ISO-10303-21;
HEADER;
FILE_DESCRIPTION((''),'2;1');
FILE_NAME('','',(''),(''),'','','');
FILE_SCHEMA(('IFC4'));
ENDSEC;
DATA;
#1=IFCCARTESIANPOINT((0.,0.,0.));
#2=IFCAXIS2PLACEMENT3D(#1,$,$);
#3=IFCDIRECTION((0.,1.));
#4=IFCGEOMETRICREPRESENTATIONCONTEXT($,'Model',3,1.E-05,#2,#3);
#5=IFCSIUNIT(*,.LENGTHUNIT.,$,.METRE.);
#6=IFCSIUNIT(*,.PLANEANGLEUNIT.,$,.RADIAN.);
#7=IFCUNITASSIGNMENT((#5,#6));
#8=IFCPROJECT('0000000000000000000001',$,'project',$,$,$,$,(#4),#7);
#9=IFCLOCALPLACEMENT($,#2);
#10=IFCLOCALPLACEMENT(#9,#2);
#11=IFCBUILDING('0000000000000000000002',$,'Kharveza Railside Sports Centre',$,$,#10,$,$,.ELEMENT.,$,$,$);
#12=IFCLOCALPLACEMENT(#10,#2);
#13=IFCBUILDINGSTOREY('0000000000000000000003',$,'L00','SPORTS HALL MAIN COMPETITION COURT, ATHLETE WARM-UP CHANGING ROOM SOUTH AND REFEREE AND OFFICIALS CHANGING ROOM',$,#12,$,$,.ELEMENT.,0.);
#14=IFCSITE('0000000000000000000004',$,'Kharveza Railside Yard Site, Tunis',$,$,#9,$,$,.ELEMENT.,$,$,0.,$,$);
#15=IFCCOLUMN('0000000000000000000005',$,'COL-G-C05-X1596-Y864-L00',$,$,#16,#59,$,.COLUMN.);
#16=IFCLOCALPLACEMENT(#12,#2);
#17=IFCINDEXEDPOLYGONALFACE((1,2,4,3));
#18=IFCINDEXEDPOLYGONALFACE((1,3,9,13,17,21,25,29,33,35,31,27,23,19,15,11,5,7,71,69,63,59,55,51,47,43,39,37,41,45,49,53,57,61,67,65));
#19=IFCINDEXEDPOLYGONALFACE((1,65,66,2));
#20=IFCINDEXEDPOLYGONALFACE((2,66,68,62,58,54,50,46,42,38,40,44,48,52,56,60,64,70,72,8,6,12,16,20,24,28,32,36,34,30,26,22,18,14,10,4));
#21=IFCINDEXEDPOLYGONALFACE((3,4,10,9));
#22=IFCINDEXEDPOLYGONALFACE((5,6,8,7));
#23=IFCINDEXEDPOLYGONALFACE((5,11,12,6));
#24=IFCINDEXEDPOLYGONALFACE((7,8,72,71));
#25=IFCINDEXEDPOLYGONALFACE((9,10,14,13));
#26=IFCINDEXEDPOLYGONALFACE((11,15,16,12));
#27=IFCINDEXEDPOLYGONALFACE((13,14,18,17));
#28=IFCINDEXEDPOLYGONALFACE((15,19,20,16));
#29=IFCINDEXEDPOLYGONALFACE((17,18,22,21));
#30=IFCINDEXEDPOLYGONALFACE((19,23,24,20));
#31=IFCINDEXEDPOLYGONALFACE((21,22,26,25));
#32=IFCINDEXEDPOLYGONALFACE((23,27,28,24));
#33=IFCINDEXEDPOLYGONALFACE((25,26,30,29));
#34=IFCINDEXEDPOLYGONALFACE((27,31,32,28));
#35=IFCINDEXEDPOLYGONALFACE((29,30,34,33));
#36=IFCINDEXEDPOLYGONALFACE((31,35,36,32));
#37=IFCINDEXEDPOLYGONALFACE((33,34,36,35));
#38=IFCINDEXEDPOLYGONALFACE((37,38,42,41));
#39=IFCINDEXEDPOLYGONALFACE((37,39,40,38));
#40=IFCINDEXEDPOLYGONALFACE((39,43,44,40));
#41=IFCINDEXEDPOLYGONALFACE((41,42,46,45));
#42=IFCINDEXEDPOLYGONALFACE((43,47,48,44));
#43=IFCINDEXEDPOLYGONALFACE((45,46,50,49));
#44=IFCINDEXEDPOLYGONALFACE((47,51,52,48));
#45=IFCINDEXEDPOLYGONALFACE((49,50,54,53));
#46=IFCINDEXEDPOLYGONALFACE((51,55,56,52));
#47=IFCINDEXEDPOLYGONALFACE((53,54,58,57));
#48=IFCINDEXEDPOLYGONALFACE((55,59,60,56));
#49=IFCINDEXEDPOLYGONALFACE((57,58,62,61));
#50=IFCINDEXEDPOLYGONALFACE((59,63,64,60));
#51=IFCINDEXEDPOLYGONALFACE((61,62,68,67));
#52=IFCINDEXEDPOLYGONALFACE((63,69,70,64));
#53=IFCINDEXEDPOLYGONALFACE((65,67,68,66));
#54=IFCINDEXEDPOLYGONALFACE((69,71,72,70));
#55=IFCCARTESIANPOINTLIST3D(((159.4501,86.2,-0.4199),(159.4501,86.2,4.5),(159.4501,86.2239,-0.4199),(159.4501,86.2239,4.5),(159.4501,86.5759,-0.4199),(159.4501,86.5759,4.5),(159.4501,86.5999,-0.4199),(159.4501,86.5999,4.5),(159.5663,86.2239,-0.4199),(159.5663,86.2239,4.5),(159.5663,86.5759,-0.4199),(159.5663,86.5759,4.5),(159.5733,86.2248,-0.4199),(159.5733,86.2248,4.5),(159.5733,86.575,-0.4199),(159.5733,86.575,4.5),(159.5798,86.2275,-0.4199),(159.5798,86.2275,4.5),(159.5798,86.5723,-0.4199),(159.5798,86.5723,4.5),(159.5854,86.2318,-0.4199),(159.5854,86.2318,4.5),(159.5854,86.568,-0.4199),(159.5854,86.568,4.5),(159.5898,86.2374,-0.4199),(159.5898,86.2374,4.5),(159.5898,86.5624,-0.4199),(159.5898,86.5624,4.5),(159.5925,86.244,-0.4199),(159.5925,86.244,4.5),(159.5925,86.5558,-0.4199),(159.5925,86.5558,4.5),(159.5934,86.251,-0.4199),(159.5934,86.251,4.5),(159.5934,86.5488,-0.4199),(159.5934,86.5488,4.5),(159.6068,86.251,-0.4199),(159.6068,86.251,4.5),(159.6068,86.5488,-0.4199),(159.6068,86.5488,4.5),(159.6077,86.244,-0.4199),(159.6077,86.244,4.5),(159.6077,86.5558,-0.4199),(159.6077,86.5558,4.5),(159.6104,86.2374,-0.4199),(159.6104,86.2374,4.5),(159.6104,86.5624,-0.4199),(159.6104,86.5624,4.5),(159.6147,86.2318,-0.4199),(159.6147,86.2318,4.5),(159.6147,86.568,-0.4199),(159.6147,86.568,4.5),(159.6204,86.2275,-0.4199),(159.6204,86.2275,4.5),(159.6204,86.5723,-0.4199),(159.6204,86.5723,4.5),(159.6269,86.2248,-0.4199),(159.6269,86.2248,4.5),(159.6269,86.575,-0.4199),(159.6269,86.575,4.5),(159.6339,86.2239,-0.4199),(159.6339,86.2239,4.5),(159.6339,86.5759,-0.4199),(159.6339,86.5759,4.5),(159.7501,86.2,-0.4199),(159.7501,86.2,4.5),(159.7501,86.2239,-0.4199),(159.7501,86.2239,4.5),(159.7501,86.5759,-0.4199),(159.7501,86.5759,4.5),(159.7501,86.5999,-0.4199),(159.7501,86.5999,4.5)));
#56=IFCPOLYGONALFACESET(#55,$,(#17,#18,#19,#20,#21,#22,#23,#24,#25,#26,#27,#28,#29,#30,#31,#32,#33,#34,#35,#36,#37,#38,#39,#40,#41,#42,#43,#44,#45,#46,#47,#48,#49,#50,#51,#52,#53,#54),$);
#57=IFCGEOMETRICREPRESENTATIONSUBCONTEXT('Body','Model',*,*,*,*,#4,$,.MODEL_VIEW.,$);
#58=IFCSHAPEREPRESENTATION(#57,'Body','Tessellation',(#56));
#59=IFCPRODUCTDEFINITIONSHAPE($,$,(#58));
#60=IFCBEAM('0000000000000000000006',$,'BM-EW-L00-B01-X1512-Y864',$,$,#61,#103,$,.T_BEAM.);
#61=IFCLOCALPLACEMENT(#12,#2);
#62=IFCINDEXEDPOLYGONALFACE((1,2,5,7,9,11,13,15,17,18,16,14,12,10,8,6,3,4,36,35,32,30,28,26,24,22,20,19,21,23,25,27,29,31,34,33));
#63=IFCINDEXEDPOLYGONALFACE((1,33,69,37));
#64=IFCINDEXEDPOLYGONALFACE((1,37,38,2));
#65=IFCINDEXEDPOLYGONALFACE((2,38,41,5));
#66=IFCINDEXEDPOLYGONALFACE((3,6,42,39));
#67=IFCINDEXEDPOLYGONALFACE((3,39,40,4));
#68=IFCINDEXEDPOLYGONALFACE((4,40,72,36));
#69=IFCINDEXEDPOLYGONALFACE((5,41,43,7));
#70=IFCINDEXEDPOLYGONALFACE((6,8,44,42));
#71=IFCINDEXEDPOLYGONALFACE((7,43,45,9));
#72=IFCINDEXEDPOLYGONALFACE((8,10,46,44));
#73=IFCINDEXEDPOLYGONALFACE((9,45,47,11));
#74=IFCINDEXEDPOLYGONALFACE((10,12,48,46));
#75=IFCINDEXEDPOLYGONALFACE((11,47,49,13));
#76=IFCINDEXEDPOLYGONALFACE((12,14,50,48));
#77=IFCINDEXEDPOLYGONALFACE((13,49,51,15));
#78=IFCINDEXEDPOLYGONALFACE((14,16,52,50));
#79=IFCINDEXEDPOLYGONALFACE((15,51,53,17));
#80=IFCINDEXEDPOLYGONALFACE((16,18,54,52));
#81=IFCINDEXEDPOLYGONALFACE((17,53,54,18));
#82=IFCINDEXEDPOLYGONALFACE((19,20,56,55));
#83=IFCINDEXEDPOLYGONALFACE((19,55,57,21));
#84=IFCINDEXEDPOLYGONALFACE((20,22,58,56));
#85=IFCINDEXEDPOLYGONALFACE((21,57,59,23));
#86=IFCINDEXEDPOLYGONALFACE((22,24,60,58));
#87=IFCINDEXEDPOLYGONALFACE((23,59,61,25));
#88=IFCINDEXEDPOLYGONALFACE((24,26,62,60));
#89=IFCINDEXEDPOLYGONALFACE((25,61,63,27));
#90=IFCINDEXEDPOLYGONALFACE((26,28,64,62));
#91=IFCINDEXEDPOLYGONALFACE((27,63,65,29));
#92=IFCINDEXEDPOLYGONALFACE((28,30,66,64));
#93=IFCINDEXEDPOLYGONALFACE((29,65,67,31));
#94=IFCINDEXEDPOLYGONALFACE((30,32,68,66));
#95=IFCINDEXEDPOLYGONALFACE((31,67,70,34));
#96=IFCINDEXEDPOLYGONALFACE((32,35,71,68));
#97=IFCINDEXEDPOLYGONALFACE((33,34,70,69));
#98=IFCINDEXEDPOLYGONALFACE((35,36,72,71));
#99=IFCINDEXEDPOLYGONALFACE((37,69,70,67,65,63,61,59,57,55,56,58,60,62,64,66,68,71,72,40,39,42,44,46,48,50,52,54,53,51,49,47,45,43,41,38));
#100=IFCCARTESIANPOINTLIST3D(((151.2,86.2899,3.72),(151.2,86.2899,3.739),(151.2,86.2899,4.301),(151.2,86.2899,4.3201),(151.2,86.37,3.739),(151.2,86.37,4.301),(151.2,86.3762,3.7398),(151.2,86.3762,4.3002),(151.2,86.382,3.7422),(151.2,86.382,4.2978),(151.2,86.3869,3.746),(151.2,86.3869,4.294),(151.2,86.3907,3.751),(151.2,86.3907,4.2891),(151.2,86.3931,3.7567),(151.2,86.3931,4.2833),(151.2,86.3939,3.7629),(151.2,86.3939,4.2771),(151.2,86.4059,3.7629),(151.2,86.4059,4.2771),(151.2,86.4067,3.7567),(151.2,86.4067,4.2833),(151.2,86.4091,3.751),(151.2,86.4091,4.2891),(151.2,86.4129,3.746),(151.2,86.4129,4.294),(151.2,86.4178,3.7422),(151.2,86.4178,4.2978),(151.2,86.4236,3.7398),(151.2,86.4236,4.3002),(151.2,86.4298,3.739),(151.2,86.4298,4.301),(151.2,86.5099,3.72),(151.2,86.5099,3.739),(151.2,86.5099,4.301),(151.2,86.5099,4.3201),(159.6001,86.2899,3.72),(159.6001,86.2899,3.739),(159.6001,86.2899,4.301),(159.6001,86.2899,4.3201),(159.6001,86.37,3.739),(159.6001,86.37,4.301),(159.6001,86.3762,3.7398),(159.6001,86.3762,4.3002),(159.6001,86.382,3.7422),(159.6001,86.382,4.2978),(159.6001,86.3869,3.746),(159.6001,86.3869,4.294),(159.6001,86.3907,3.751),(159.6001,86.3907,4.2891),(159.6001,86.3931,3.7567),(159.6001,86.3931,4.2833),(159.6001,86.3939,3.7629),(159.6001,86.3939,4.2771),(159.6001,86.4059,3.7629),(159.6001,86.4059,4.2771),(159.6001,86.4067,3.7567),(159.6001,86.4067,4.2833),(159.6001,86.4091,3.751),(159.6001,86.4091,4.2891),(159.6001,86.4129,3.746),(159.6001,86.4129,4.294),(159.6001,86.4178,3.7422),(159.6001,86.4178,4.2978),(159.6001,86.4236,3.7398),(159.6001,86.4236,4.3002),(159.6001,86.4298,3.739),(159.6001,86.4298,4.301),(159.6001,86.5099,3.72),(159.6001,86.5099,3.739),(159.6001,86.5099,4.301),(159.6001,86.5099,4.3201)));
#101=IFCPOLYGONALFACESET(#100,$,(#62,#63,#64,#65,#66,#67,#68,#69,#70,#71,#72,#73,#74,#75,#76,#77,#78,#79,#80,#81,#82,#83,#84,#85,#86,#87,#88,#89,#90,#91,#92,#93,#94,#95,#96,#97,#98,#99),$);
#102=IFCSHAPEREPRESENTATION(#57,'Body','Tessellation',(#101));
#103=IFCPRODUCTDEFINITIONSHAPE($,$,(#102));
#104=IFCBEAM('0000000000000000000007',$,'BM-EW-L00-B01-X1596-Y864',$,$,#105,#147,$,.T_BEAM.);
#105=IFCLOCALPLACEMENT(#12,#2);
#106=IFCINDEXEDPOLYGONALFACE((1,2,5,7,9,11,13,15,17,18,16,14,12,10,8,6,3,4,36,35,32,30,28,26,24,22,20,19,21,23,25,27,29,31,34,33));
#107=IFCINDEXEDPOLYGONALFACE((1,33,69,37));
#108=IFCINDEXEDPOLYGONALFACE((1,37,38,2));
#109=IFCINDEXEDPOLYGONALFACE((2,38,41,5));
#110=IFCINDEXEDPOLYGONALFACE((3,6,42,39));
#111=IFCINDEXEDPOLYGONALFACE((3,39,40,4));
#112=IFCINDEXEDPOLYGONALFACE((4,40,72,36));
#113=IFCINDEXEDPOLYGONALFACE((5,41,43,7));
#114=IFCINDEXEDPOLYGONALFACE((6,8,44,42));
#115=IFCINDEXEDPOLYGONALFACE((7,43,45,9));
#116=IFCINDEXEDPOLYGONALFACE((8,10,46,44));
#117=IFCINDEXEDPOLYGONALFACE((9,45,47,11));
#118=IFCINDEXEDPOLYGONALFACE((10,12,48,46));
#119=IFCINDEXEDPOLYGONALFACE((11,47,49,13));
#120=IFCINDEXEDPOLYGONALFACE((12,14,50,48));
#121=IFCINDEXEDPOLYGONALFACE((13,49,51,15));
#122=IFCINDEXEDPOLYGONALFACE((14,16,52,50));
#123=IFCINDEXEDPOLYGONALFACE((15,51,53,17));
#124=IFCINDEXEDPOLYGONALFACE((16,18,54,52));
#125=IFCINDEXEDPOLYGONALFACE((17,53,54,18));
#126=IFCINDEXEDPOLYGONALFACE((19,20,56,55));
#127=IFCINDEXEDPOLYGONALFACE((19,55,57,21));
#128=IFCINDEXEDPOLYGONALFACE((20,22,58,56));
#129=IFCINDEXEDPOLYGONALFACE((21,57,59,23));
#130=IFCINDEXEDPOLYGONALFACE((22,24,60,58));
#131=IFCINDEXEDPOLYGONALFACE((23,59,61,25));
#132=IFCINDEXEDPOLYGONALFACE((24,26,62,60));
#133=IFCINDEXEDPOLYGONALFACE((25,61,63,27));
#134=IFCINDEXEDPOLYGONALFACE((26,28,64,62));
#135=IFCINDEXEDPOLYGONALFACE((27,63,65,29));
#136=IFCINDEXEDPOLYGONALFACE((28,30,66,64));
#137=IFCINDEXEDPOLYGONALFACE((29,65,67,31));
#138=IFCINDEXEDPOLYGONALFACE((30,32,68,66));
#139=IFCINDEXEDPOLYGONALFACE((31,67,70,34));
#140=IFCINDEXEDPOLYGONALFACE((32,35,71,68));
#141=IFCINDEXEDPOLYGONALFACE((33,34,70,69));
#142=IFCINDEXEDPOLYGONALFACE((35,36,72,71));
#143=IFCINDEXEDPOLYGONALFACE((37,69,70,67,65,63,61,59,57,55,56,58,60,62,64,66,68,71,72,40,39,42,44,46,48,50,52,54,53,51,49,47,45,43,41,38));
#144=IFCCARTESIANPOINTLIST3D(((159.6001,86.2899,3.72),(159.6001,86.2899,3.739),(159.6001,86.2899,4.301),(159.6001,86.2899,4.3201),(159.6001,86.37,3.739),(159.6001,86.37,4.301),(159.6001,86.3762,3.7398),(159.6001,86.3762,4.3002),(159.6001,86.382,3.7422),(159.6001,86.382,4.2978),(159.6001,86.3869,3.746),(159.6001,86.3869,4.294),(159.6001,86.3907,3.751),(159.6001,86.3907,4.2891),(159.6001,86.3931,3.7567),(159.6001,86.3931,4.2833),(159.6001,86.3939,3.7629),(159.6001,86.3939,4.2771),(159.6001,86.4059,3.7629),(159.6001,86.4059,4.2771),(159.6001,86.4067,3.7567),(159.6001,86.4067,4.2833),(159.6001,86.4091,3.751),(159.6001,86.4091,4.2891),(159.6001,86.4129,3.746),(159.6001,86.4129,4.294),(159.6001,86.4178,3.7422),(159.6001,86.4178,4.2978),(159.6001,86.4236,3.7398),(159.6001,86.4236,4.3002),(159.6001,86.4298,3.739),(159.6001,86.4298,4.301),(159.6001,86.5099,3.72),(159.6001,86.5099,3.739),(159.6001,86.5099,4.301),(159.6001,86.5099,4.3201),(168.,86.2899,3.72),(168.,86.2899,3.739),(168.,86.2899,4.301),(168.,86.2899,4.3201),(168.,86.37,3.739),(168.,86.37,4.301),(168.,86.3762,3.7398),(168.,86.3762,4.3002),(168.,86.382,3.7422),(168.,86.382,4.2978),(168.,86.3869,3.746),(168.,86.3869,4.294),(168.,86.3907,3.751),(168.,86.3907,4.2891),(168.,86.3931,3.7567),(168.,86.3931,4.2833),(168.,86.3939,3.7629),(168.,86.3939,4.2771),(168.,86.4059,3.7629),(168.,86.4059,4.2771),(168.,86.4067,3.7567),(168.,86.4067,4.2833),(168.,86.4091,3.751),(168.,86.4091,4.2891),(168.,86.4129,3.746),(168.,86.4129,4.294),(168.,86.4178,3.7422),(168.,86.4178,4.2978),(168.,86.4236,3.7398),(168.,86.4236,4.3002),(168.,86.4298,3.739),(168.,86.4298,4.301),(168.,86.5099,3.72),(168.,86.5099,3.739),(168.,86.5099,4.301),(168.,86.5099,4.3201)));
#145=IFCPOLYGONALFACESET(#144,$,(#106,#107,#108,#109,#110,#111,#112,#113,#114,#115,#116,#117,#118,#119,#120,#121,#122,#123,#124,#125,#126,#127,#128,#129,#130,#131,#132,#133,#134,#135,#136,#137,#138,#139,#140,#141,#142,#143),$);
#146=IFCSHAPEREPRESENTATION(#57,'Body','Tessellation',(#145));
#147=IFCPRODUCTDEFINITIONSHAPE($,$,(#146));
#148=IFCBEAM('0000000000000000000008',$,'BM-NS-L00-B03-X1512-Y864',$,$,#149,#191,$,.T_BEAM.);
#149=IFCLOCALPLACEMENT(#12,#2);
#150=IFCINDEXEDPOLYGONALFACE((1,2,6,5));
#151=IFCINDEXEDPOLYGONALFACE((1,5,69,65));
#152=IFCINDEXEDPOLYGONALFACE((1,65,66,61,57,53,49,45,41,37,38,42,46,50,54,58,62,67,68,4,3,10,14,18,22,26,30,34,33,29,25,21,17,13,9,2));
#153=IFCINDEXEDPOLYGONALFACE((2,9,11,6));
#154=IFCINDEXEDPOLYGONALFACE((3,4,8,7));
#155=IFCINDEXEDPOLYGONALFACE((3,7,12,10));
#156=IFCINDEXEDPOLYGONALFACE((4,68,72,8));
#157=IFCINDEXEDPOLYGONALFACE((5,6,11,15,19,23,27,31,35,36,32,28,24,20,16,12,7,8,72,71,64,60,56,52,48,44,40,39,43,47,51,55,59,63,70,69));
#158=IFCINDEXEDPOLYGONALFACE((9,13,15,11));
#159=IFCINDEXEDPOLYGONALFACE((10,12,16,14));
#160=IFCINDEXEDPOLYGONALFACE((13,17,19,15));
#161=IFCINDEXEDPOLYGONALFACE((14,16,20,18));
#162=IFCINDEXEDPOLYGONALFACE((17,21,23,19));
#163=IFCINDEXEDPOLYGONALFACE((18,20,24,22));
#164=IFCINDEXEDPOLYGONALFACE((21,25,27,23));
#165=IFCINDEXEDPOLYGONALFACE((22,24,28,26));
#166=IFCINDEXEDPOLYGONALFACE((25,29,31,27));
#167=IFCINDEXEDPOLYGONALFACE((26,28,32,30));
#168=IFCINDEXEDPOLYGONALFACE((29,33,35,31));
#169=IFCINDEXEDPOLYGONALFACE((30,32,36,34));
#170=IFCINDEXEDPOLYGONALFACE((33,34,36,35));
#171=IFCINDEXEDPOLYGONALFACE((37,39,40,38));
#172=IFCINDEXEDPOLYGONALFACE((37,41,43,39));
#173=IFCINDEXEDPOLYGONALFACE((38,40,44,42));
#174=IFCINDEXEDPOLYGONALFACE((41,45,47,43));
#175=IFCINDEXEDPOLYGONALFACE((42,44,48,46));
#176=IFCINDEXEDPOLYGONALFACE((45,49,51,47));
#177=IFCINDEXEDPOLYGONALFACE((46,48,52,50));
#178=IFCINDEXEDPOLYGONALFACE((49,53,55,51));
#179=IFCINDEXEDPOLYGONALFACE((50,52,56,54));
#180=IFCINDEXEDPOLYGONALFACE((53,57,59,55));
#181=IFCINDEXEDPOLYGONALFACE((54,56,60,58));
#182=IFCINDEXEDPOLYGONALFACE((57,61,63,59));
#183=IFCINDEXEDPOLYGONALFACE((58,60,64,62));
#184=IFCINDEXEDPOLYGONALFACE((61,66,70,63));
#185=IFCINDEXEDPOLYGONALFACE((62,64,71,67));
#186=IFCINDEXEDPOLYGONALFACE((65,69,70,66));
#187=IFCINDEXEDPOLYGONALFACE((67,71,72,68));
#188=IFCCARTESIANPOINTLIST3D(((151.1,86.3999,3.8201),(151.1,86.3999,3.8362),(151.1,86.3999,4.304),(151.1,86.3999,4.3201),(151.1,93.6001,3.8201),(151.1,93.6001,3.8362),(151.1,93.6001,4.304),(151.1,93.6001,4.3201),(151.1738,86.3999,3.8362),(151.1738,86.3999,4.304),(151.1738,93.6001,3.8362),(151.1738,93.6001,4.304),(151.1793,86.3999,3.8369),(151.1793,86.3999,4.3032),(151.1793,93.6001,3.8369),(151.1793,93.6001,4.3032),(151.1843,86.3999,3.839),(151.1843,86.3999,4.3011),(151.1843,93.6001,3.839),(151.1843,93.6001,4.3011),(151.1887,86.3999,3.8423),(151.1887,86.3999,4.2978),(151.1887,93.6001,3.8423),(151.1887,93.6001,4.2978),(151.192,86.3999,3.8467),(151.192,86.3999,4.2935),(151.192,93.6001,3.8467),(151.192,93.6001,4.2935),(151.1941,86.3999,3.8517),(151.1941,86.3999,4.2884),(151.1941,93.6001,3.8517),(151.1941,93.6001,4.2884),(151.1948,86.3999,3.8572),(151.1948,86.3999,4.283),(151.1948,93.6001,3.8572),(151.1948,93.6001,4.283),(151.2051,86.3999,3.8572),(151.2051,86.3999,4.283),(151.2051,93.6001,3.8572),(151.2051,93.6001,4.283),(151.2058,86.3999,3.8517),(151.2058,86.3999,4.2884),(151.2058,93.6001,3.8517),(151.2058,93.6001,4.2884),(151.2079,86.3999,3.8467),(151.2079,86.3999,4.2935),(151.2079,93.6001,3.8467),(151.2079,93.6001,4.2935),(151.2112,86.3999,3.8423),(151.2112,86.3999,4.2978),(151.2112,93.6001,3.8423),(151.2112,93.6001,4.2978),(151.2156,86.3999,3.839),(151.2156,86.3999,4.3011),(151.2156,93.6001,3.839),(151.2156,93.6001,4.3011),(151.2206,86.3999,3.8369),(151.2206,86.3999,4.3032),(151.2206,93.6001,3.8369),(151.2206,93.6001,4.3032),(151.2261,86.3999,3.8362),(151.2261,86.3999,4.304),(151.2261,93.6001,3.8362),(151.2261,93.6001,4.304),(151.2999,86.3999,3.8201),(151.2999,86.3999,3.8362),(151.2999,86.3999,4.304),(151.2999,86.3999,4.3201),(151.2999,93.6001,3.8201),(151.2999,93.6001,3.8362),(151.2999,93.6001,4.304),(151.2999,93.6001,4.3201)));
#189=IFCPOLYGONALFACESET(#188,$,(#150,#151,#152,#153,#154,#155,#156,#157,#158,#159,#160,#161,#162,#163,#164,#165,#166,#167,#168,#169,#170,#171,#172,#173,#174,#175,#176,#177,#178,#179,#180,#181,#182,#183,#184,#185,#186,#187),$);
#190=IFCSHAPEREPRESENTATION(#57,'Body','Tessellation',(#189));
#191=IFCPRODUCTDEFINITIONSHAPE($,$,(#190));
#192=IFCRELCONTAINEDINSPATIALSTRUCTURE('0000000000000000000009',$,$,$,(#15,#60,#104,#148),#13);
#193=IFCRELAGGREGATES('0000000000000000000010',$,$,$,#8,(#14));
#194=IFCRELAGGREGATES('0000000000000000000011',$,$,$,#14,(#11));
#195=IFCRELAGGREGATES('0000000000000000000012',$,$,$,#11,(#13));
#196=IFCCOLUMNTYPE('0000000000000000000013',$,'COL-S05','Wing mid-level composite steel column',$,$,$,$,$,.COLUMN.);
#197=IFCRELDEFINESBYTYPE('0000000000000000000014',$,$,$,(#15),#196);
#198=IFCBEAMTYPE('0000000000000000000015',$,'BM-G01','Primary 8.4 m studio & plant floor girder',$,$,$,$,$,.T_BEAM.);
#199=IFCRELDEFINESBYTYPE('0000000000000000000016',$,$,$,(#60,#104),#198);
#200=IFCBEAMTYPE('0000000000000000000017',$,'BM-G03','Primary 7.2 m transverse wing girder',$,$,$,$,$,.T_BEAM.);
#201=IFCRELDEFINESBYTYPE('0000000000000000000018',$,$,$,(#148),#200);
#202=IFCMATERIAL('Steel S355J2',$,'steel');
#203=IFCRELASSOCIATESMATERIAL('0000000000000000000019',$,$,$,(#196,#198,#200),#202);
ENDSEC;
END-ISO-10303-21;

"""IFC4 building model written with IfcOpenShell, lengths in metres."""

from ifc_helpers import new_model, si_unit, direction, frame, origin, origin_2d, place, context, subcontext, project, spatial, i_section, extrude, material, material_profile, profile_set, type_object, element, save


model = new_model("IFC4")

# Units and contexts
model_context = context("Model", 3, precision=1e-05, world=origin(), true_north=direction((0.0, 1.0)))
body_context = subcontext(model_context, "Body", "Model", "MODEL_VIEW")
ifc_project = project(units=[si_unit("LENGTHUNIT", "METRE"), si_unit("PLANEANGLEUNIT", "RADIAN")], contexts=[model_context])

# Site, building, storey
site_placement = place(None, origin())
site = spatial("IfcSite", under=ifc_project, at=site_placement, Name="Kharveza Railside Yard Site, Tunis", CompositionType="ELEMENT", RefElevation=0.0)
building_placement = place(site_placement, origin())
building = spatial("IfcBuilding", under=site, at=building_placement, Name="Kharveza Railside Sports Centre", CompositionType="ELEMENT")
storey_placement = place(building_placement, origin())
storey = spatial("IfcBuildingStorey", under=building, at=storey_placement, Name="L00", Description="SPORTS HALL MAIN COMPETITION COURT, ATHLETE WARM-UP CHANGING ROOM SOUTH AND REFEREE AND OFFICIALS CHANGING ROOM", CompositionType="ELEMENT", Elevation=0.0)

# Column
ifc_material_1 = material(Name="Steel S355J2", Category="steel")
ifc_material_profile_1 = material_profile(ifc_material_1, i_section(OverallWidth=0.3, OverallDepth=0.3999, WebThickness=0.0134, FlangeThickness=0.0239, FilletRadius=0.0271, at=origin_2d()), Name="HEB 400")
ifc_profile_set_1 = profile_set([ifc_material_profile_1], Name="Steel S355J2")
column_type = type_object("IfcColumnType", Name="COL-S05", Description="Wing mid-level composite steel column", PredefinedType="COLUMN", material=ifc_profile_set_1)
for number, where, z_axis, x_axis, name in (
    (1, (159.6001, 86.3999, -0.4199), (0.0, 0.0, 1.0), (1.0, 0.0, 0.0), "COL-G-C05-X1596-Y864-L00"),
):
    element("IfcColumn", number, at=place(storey_placement, frame(where, z_axis=z_axis, x_axis=x_axis)), inside=storey, type_object=column_type, Name=name, PredefinedType="COLUMN", context=body_context, shape_type="SweptSolid", body=[
        extrude(i_section(OverallWidth=0.3, OverallDepth=0.3999, WebThickness=0.0134, FlangeThickness=0.0239, FilletRadius=0.0271, at=origin_2d()), origin(), (0.0, 0.0, 1.0), 4.9199),
    ])

# Beams
ifc_material_profile_2 = material_profile(ifc_material_1, i_section(OverallWidth=0.22, OverallDepth=0.6001, WebThickness=0.012, FlangeThickness=0.019, FilletRadius=0.0239, at=origin_2d()), Name="IPE 600")
ifc_profile_set_2 = profile_set([ifc_material_profile_2], Name="Steel S355J2")
beam_type_1 = type_object("IfcBeamType", Name="BM-G01", Description="Primary 8.4 m studio & plant floor girder", PredefinedType="T_BEAM", material=ifc_profile_set_2)
beam_1_placement = place(storey_placement, frame((151.2, 86.3999, 4.02), z_axis=(1.0, 0.0, 0.0), x_axis=(0.0, 1.0, 0.0)))
element("IfcBeam", 2, at=beam_1_placement, inside=storey, type_object=beam_type_1, Name="BM-EW-L00-B01-X1512-Y864", PredefinedType="T_BEAM", context=body_context, shape_type="SweptSolid", body=[
    extrude(i_section(OverallWidth=0.22, OverallDepth=0.6001, WebThickness=0.012, FlangeThickness=0.019, FilletRadius=0.0239, at=origin_2d()), origin(), (0.0, 0.0, 1.0), 8.4001),
])
beam_2_placement = place(storey_placement, frame((159.6001, 86.3999, 4.02), z_axis=(1.0, 0.0, 0.0), x_axis=(0.0, 1.0, 0.0)))
element("IfcBeam", 3, at=beam_2_placement, inside=storey, type_object=beam_type_1, Name="BM-EW-L00-B01-X1596-Y864", PredefinedType="T_BEAM", context=body_context, shape_type="SweptSolid", body=[
    extrude(i_section(OverallWidth=0.22, OverallDepth=0.6001, WebThickness=0.012, FlangeThickness=0.019, FilletRadius=0.0239, at=origin_2d()), origin(), (0.0, 0.0, 1.0), 8.3999),
])
ifc_material_profile_3 = material_profile(ifc_material_1, i_section(OverallWidth=0.2, OverallDepth=0.5, WebThickness=0.0103, FlangeThickness=0.0161, FilletRadius=0.021, at=origin_2d()), Name="IPE 500")
ifc_profile_set_3 = profile_set([ifc_material_profile_3], Name="Steel S355J2")
beam_type_2 = type_object("IfcBeamType", Name="BM-G03", Description="Primary 7.2 m transverse wing girder", PredefinedType="T_BEAM", material=ifc_profile_set_3)
beam_3_placement = place(storey_placement, frame((151.2, 86.3999, 4.0701), z_axis=(0.0, 1.0, 0.0), x_axis=(-1.0, 0.0, 0.0)))
element("IfcBeam", 4, at=beam_3_placement, inside=storey, type_object=beam_type_2, Name="BM-NS-L00-B03-X1512-Y864", PredefinedType="T_BEAM", context=body_context, shape_type="SweptSolid", body=[
    extrude(i_section(OverallWidth=0.2, OverallDepth=0.5, WebThickness=0.0103, FlangeThickness=0.0161, FilletRadius=0.021, at=origin_2d()), origin(), (0.0, 0.0, 1.0), 7.2002),
])

save(model, "model.ifc")
